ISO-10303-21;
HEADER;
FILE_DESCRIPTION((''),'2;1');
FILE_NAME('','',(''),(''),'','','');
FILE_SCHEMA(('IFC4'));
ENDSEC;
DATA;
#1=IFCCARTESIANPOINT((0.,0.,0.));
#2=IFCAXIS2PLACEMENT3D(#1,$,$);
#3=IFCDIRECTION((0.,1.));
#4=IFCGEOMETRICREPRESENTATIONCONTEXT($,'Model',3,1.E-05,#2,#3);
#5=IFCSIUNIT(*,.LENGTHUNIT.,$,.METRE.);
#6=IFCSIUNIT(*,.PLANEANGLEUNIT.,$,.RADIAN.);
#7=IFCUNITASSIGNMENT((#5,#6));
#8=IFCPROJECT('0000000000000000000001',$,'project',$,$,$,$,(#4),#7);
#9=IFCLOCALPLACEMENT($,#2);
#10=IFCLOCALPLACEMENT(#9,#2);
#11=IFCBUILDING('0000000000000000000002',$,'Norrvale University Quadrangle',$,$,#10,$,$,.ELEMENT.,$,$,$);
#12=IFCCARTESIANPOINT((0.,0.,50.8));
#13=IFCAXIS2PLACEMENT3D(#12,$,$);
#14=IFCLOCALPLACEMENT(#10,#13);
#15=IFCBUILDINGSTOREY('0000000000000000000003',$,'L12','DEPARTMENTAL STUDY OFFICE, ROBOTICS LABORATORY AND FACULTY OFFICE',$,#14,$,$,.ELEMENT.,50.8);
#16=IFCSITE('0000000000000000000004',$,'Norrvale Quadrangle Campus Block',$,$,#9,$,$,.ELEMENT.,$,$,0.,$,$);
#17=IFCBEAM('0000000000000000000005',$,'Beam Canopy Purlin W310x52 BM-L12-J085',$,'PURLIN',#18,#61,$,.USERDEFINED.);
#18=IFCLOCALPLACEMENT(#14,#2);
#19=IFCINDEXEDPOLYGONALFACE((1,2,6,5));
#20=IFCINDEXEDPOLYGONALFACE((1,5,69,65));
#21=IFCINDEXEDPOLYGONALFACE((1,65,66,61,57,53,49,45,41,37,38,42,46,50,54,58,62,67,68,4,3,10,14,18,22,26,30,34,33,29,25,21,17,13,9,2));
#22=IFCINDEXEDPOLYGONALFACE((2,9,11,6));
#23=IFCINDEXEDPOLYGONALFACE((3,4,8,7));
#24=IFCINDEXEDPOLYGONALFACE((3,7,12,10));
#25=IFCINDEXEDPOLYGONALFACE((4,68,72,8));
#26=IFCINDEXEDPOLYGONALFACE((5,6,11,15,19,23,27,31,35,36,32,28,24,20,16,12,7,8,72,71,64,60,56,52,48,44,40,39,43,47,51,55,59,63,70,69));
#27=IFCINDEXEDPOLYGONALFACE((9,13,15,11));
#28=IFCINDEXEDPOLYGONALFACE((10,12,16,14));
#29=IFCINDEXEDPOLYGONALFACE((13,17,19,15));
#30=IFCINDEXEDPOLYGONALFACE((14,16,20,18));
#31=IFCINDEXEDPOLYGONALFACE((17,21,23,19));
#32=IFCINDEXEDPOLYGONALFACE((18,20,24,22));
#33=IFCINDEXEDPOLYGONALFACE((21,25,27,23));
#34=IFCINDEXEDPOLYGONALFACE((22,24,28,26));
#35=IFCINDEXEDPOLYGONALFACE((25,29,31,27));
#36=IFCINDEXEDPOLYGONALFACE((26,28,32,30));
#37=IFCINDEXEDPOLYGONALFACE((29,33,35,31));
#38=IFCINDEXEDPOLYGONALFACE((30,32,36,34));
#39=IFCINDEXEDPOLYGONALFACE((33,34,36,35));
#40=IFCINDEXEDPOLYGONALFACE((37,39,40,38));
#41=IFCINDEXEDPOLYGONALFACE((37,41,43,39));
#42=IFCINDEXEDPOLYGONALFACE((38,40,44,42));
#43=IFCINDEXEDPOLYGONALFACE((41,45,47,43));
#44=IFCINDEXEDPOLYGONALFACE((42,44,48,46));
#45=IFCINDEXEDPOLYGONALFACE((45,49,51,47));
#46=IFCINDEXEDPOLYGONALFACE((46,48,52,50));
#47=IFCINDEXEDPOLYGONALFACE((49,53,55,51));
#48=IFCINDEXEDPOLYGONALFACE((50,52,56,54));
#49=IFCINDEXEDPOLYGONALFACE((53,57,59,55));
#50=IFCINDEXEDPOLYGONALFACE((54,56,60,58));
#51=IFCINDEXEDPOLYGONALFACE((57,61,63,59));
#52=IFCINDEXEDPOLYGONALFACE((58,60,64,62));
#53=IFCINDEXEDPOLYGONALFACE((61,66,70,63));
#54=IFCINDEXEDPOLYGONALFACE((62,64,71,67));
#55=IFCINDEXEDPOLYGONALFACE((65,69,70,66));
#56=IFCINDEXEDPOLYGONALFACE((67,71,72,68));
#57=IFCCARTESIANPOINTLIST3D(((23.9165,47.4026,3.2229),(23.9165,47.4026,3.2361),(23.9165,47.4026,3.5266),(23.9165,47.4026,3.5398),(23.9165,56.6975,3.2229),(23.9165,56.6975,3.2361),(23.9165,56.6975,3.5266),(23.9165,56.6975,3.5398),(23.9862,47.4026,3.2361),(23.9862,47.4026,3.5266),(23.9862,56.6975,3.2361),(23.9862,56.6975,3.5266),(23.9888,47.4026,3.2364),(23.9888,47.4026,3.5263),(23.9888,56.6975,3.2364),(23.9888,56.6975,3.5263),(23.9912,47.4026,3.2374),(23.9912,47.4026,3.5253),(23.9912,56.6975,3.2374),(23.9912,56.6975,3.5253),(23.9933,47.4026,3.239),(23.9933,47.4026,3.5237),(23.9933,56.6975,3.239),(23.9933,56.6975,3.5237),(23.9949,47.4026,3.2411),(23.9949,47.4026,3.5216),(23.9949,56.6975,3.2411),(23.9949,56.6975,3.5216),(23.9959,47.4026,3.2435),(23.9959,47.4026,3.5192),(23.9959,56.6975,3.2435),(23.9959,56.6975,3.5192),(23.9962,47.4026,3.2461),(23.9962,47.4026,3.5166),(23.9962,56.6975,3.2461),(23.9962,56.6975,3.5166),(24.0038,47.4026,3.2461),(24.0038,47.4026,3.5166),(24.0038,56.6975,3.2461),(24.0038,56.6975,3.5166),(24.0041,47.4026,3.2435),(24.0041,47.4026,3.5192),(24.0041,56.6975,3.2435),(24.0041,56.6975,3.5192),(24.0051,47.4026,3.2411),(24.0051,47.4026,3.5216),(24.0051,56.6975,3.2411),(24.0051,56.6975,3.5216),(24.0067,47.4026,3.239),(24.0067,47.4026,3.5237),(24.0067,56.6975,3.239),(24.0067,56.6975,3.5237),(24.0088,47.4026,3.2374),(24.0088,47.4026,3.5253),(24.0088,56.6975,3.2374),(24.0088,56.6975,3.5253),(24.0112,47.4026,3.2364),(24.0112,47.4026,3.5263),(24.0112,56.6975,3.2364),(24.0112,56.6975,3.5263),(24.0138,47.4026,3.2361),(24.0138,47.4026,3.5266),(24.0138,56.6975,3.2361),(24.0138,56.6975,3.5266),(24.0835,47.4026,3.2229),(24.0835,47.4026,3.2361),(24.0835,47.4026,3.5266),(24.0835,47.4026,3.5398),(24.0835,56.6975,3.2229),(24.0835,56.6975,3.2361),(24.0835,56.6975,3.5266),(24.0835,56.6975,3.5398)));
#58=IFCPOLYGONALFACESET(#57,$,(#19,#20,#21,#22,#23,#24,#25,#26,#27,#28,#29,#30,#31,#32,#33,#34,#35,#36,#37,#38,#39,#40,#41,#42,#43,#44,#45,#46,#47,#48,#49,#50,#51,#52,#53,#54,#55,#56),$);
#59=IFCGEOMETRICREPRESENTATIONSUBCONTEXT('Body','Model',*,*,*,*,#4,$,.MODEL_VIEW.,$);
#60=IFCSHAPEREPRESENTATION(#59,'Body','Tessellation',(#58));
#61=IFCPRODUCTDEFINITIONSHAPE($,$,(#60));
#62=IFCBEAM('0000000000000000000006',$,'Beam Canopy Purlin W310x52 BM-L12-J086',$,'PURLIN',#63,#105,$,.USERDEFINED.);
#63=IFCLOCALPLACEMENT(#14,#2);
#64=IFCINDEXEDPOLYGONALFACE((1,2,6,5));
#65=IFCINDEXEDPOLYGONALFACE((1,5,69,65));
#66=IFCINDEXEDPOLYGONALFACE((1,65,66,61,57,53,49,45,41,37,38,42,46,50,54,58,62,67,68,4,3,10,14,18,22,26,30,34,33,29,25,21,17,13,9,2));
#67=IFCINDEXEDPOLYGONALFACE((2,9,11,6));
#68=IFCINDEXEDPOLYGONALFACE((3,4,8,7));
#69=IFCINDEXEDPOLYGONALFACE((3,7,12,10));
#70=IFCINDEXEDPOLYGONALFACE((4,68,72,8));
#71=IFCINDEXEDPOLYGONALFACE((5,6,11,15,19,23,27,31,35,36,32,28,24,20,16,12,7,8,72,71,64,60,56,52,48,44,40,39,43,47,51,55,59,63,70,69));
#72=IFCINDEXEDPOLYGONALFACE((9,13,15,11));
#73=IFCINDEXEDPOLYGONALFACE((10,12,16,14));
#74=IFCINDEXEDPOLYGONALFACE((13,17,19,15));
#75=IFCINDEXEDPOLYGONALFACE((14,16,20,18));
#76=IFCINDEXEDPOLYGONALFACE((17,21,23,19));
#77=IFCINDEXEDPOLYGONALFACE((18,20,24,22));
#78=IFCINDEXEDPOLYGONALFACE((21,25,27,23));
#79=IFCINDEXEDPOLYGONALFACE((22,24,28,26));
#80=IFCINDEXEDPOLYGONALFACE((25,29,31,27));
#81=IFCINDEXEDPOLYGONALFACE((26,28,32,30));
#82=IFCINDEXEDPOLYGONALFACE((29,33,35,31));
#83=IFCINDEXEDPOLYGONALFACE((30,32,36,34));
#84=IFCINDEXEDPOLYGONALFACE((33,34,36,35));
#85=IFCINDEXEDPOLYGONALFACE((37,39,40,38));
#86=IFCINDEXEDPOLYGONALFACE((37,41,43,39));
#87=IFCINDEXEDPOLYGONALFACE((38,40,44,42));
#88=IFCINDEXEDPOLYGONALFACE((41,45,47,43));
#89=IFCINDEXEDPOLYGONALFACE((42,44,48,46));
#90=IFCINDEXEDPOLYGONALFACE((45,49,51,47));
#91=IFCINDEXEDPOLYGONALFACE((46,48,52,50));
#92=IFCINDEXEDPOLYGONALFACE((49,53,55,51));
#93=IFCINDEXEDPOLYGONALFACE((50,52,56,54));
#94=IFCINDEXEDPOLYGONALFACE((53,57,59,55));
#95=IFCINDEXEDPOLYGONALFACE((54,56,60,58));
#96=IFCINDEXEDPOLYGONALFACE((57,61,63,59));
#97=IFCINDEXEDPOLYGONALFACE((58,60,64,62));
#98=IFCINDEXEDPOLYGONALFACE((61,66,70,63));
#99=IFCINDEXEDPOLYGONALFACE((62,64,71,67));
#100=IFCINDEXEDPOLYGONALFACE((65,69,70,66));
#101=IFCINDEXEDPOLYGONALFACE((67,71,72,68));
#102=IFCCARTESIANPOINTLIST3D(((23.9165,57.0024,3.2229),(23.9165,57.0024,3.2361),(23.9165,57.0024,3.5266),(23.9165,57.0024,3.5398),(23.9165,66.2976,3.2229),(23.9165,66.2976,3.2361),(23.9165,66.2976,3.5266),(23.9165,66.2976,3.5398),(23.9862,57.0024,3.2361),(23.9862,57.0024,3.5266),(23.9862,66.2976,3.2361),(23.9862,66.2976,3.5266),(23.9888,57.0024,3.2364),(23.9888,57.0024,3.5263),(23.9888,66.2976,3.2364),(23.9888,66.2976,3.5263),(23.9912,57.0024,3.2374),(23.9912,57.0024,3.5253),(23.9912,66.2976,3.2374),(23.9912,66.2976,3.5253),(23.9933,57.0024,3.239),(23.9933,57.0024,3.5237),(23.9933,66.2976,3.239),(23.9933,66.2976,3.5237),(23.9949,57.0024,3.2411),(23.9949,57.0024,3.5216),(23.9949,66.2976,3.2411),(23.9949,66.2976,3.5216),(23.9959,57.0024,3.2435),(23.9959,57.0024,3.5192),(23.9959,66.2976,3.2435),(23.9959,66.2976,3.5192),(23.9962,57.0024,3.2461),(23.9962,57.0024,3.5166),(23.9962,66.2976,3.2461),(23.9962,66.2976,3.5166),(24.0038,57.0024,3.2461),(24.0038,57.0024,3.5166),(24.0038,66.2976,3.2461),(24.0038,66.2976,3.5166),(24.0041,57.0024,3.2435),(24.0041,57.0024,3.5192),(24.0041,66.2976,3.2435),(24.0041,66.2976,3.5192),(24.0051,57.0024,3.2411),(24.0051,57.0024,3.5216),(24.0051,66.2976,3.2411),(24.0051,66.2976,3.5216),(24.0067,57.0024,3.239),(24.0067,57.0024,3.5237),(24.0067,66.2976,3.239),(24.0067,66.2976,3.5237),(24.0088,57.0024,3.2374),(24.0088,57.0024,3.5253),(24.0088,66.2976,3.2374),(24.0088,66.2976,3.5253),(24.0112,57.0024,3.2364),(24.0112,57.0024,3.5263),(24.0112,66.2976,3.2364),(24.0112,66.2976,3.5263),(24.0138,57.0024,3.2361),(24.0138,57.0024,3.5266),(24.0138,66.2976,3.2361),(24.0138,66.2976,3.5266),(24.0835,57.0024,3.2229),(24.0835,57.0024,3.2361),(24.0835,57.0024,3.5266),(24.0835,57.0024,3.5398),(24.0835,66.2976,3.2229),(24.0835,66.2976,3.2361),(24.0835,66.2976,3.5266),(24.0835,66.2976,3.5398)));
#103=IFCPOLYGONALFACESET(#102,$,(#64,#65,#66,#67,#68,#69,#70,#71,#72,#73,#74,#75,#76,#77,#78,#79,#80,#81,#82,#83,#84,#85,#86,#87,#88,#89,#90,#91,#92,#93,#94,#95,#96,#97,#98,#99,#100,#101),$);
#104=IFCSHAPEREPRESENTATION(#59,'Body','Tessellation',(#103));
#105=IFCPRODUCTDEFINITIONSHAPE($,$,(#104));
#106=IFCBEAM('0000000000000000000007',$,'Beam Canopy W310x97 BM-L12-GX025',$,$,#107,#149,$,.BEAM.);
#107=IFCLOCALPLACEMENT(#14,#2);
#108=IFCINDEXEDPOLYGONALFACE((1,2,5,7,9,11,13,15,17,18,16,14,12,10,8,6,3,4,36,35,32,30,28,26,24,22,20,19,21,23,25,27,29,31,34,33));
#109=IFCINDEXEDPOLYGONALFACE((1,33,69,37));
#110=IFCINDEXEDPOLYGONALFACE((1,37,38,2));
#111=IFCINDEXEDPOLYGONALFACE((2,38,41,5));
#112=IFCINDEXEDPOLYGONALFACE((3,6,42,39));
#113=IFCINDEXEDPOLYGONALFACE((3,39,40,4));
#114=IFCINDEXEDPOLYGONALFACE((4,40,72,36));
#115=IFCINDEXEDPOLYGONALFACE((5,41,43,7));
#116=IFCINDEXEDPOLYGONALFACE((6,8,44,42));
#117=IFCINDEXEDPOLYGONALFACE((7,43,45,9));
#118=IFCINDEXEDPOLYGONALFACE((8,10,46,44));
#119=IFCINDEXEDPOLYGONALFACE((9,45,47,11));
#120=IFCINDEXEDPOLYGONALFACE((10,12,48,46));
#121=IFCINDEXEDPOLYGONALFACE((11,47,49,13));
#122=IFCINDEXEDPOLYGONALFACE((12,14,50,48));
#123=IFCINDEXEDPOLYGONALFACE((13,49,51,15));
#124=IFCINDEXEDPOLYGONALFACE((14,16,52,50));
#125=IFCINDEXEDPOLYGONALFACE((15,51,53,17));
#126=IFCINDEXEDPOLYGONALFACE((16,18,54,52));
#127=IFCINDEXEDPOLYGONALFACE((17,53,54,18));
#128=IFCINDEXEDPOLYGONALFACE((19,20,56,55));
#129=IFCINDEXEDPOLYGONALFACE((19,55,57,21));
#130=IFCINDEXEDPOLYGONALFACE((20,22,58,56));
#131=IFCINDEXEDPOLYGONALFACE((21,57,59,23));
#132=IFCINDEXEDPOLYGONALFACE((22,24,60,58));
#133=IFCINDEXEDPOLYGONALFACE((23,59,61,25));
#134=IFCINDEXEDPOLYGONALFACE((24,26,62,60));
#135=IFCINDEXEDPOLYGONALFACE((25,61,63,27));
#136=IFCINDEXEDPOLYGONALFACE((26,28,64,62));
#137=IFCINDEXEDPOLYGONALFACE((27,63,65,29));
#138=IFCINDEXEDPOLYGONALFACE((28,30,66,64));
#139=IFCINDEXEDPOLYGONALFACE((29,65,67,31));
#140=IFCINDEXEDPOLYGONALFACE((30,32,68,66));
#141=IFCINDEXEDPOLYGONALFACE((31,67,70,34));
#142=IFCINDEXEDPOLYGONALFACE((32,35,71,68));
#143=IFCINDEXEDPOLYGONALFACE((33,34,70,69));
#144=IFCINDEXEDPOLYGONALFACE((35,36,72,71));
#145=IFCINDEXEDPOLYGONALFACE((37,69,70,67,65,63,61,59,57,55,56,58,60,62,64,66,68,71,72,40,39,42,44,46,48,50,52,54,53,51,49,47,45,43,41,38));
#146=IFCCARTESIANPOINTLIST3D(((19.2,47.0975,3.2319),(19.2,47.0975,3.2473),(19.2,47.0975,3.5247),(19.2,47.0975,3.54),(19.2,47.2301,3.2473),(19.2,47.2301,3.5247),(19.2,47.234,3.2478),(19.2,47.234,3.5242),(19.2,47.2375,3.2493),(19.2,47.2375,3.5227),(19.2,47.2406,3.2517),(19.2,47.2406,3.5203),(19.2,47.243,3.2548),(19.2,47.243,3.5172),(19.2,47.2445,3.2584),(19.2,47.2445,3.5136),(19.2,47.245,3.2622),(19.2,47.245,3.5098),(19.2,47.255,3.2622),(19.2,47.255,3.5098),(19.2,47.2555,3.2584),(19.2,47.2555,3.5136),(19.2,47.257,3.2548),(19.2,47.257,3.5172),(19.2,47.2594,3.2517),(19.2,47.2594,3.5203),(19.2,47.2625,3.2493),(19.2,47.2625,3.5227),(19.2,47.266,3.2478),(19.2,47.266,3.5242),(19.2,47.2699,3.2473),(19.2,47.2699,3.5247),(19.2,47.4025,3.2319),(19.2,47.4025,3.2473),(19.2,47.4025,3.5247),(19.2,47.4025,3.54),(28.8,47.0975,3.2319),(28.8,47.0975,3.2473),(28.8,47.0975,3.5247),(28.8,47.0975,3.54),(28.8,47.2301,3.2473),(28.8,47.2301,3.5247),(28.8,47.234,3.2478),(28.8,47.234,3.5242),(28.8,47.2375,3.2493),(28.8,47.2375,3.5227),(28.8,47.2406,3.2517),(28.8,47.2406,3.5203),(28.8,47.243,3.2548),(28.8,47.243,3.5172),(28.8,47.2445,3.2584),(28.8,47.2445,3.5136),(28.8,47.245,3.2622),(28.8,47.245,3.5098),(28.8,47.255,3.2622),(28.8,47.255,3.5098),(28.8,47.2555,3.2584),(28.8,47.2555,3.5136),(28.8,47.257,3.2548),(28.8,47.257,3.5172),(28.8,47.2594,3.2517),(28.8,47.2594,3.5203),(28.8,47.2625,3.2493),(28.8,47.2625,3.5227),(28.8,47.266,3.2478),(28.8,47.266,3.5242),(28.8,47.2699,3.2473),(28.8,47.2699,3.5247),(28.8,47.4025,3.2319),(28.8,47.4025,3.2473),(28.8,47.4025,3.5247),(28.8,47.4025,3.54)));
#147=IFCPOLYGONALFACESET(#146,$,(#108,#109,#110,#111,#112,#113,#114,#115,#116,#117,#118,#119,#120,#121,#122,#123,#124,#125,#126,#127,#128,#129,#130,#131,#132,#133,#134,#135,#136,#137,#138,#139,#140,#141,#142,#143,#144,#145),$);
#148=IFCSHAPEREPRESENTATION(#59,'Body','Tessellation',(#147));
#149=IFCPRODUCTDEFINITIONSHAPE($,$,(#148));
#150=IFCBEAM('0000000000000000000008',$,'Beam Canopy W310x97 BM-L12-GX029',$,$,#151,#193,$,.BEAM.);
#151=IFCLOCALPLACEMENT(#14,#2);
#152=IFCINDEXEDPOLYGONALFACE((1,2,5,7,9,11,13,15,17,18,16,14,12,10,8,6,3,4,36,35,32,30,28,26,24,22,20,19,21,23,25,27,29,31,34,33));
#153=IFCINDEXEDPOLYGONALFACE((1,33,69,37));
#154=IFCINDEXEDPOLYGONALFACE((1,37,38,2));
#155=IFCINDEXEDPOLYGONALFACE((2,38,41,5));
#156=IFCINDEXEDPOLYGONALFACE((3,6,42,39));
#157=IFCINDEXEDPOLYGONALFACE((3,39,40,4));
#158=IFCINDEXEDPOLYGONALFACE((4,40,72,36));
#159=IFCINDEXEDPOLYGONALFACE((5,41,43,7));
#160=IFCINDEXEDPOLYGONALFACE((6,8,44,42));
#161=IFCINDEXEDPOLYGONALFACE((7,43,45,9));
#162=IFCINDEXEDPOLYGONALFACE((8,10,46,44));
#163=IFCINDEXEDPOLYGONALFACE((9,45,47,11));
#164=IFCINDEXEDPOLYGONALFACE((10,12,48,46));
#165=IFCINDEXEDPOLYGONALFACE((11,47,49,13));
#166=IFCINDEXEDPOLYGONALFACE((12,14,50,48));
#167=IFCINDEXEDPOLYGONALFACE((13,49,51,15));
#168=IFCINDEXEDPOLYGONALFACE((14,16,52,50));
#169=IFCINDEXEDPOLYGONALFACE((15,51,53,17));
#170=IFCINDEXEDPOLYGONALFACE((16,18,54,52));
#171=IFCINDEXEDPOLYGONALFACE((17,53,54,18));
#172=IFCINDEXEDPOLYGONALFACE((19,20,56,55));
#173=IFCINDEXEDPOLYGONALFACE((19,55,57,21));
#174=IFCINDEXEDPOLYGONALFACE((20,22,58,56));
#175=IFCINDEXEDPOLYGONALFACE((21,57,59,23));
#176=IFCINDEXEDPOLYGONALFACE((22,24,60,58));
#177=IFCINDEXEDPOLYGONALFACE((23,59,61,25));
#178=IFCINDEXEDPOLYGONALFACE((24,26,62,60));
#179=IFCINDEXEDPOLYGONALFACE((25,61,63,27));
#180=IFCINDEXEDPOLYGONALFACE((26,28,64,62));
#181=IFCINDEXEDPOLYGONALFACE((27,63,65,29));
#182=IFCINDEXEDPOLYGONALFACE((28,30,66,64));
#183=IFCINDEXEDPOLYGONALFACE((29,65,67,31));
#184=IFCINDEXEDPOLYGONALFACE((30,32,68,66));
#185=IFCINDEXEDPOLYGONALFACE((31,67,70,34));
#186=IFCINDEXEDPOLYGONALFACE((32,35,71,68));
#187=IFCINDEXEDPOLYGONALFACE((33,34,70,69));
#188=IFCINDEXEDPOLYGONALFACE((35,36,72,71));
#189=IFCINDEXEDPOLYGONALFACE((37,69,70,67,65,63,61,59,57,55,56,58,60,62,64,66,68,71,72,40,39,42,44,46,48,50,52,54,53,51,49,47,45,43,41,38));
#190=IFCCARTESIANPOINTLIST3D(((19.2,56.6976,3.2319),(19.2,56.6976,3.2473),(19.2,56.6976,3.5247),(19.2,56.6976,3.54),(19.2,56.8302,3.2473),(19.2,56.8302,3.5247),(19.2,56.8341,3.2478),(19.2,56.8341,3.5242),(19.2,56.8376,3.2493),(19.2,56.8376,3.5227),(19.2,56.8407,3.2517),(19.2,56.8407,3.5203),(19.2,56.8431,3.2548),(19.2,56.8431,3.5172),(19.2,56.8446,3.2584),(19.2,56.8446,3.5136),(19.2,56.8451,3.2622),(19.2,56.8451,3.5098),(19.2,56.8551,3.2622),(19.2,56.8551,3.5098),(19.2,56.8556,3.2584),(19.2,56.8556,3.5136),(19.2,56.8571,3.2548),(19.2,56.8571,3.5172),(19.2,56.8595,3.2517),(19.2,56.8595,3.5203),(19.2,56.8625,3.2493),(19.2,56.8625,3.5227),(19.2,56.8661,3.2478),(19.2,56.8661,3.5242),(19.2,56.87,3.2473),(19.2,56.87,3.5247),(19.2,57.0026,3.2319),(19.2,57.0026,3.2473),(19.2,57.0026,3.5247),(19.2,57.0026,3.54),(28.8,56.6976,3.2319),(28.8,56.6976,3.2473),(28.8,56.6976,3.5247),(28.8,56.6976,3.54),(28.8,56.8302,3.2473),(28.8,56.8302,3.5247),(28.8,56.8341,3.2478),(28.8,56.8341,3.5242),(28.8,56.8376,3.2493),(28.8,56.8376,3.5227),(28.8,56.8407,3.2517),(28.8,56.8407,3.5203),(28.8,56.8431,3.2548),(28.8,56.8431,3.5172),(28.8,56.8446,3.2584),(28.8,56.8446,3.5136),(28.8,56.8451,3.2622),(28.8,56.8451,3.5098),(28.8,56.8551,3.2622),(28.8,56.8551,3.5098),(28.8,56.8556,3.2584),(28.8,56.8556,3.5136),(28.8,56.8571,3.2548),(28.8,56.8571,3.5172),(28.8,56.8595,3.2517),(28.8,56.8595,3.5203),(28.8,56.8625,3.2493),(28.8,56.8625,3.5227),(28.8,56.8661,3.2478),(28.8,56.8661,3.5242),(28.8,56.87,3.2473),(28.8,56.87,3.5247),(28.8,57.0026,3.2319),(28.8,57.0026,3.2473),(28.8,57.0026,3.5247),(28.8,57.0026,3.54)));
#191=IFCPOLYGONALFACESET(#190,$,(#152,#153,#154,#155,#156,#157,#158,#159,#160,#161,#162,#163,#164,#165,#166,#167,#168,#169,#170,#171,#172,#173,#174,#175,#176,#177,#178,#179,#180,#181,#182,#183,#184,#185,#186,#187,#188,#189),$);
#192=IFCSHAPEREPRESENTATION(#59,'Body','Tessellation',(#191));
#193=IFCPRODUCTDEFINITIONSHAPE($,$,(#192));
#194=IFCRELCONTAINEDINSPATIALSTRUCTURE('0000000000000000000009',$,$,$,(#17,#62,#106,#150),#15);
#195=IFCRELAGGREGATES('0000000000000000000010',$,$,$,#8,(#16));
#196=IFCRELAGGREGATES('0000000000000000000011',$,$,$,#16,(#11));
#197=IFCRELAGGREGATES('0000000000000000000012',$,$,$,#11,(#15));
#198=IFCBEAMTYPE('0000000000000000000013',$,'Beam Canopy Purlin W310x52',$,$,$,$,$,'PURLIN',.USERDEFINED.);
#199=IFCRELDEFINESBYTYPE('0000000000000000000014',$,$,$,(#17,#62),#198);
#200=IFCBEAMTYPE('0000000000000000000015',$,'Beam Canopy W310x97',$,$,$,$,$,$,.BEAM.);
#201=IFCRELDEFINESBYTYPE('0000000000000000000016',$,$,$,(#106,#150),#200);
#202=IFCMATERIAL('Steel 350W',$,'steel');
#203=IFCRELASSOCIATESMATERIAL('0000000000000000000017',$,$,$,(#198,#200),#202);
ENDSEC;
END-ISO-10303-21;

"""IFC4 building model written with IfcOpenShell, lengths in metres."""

from ifc_helpers import new_model, si_unit, direction, frame, origin, origin_2d, place, context, subcontext, project, spatial, i_section, extrude, material, material_profile, profile_set, type_object, element, save


model = new_model("IFC4")

# Units and contexts
model_context = context("Model", 3, precision=1e-05, world=origin(), true_north=direction((0.0, 1.0)))
body_context = subcontext(model_context, "Body", "Model", "MODEL_VIEW")
ifc_project = project(units=[si_unit("LENGTHUNIT", "METRE"), si_unit("PLANEANGLEUNIT", "RADIAN")], contexts=[model_context])

# Site, building, storey
site_placement = place(None, origin())
site = spatial("IfcSite", under=ifc_project, at=site_placement, Name="Norrvale Quadrangle Campus Block", CompositionType="ELEMENT", RefElevation=0.0)
building_placement = place(site_placement, origin())
building = spatial("IfcBuilding", under=site, at=building_placement, Name="Norrvale University Quadrangle", CompositionType="ELEMENT")
storey_placement = place(building_placement, frame((0.0, 0.0, 50.8)))
storey = spatial("IfcBuildingStorey", under=building, at=storey_placement, Name="L12", Description="DEPARTMENTAL STUDY OFFICE, ROBOTICS LABORATORY AND FACULTY OFFICE", CompositionType="ELEMENT", Elevation=50.8)

# Beams
ifc_material_1 = material(Name="Steel 350W", Category="steel")
ifc_material_profile_1 = material_profile(ifc_material_1, i_section(OverallWidth=0.167, OverallDepth=0.3169, WebThickness=0.0076, FlangeThickness=0.0132, FilletRadius=0.01, at=origin_2d()), Name="Steel 350W")
ifc_profile_set_1 = profile_set([ifc_material_profile_1], Name="Steel 350W")
beam_type_1 = type_object("IfcBeamType", Name="Beam Canopy Purlin W310x52", ElementType="PURLIN", PredefinedType="USERDEFINED", material=ifc_profile_set_1)
for number, where, z_axis, x_axis, name in (
    (1, (24.0, 47.4026, 3.3813), (0.0, 1.0, 0.0), (-1.0, 0.0, 0.0), "Beam Canopy Purlin W310x52 BM-L12-J085"),
):
    element("IfcBeam", number, at=place(storey_placement, frame(where, z_axis=z_axis, x_axis=x_axis)), inside=storey, type_object=beam_type_1, Name=name, ObjectType="PURLIN", PredefinedType="USERDEFINED", context=body_context, shape_type="SweptSolid", body=[
        extrude(i_section(OverallWidth=0.167, OverallDepth=0.3169, WebThickness=0.0076, FlangeThickness=0.0132, FilletRadius=0.01, at=origin_2d()), origin(), (0.0, 0.0, 1.0), 9.2949),
    ])
beam_1_placement = place(storey_placement, frame((24.0, 57.0024, 3.3813), z_axis=(0.0, 1.0, 0.0), x_axis=(-1.0, 0.0, 0.0)))
element("IfcBeam", 2, at=beam_1_placement, inside=storey, type_object=beam_type_1, Name="Beam Canopy Purlin W310x52 BM-L12-J086", ObjectType="PURLIN", PredefinedType="USERDEFINED", context=body_context, shape_type="SweptSolid", body=[
    extrude(i_section(OverallWidth=0.167, OverallDepth=0.3169, WebThickness=0.0076, FlangeThickness=0.0132, FilletRadius=0.01, at=origin_2d()), origin(), (0.0, 0.0, 1.0), 9.2952),
])
ifc_material_profile_2 = material_profile(ifc_material_1, i_section(OverallWidth=0.3049, OverallDepth=0.3081, WebThickness=0.01, FlangeThickness=0.0154, FilletRadius=0.0149, at=origin_2d()), Name="Steel 350W")
ifc_profile_set_2 = profile_set([ifc_material_profile_2], Name="Steel 350W")
beam_type_2 = type_object("IfcBeamType", Name="Beam Canopy W310x97", PredefinedType="BEAM", material=ifc_profile_set_2)
for number, where, z_axis, x_axis, name in (
    (3, (19.2, 47.25, 3.386), (1.0, 0.0, 0.0), (0.0, 1.0, 0.0), "Beam Canopy W310x97 BM-L12-GX025"),
    (4, (19.2, 56.8501, 3.386), (1.0, 0.0, 0.0), (0.0, 1.0, 0.0), "Beam Canopy W310x97 BM-L12-GX029"),
):
    element("IfcBeam", number, at=place(storey_placement, frame(where, z_axis=z_axis, x_axis=x_axis)), inside=storey, type_object=beam_type_2, Name=name, PredefinedType="BEAM", context=body_context, shape_type="SweptSolid", body=[
        extrude(i_section(OverallWidth=0.3049, OverallDepth=0.3081, WebThickness=0.01, FlangeThickness=0.0154, FilletRadius=0.0149, at=origin_2d()), origin(), (0.0, 0.0, 1.0), 9.6001),
    ])

save(model, "model.ifc")
